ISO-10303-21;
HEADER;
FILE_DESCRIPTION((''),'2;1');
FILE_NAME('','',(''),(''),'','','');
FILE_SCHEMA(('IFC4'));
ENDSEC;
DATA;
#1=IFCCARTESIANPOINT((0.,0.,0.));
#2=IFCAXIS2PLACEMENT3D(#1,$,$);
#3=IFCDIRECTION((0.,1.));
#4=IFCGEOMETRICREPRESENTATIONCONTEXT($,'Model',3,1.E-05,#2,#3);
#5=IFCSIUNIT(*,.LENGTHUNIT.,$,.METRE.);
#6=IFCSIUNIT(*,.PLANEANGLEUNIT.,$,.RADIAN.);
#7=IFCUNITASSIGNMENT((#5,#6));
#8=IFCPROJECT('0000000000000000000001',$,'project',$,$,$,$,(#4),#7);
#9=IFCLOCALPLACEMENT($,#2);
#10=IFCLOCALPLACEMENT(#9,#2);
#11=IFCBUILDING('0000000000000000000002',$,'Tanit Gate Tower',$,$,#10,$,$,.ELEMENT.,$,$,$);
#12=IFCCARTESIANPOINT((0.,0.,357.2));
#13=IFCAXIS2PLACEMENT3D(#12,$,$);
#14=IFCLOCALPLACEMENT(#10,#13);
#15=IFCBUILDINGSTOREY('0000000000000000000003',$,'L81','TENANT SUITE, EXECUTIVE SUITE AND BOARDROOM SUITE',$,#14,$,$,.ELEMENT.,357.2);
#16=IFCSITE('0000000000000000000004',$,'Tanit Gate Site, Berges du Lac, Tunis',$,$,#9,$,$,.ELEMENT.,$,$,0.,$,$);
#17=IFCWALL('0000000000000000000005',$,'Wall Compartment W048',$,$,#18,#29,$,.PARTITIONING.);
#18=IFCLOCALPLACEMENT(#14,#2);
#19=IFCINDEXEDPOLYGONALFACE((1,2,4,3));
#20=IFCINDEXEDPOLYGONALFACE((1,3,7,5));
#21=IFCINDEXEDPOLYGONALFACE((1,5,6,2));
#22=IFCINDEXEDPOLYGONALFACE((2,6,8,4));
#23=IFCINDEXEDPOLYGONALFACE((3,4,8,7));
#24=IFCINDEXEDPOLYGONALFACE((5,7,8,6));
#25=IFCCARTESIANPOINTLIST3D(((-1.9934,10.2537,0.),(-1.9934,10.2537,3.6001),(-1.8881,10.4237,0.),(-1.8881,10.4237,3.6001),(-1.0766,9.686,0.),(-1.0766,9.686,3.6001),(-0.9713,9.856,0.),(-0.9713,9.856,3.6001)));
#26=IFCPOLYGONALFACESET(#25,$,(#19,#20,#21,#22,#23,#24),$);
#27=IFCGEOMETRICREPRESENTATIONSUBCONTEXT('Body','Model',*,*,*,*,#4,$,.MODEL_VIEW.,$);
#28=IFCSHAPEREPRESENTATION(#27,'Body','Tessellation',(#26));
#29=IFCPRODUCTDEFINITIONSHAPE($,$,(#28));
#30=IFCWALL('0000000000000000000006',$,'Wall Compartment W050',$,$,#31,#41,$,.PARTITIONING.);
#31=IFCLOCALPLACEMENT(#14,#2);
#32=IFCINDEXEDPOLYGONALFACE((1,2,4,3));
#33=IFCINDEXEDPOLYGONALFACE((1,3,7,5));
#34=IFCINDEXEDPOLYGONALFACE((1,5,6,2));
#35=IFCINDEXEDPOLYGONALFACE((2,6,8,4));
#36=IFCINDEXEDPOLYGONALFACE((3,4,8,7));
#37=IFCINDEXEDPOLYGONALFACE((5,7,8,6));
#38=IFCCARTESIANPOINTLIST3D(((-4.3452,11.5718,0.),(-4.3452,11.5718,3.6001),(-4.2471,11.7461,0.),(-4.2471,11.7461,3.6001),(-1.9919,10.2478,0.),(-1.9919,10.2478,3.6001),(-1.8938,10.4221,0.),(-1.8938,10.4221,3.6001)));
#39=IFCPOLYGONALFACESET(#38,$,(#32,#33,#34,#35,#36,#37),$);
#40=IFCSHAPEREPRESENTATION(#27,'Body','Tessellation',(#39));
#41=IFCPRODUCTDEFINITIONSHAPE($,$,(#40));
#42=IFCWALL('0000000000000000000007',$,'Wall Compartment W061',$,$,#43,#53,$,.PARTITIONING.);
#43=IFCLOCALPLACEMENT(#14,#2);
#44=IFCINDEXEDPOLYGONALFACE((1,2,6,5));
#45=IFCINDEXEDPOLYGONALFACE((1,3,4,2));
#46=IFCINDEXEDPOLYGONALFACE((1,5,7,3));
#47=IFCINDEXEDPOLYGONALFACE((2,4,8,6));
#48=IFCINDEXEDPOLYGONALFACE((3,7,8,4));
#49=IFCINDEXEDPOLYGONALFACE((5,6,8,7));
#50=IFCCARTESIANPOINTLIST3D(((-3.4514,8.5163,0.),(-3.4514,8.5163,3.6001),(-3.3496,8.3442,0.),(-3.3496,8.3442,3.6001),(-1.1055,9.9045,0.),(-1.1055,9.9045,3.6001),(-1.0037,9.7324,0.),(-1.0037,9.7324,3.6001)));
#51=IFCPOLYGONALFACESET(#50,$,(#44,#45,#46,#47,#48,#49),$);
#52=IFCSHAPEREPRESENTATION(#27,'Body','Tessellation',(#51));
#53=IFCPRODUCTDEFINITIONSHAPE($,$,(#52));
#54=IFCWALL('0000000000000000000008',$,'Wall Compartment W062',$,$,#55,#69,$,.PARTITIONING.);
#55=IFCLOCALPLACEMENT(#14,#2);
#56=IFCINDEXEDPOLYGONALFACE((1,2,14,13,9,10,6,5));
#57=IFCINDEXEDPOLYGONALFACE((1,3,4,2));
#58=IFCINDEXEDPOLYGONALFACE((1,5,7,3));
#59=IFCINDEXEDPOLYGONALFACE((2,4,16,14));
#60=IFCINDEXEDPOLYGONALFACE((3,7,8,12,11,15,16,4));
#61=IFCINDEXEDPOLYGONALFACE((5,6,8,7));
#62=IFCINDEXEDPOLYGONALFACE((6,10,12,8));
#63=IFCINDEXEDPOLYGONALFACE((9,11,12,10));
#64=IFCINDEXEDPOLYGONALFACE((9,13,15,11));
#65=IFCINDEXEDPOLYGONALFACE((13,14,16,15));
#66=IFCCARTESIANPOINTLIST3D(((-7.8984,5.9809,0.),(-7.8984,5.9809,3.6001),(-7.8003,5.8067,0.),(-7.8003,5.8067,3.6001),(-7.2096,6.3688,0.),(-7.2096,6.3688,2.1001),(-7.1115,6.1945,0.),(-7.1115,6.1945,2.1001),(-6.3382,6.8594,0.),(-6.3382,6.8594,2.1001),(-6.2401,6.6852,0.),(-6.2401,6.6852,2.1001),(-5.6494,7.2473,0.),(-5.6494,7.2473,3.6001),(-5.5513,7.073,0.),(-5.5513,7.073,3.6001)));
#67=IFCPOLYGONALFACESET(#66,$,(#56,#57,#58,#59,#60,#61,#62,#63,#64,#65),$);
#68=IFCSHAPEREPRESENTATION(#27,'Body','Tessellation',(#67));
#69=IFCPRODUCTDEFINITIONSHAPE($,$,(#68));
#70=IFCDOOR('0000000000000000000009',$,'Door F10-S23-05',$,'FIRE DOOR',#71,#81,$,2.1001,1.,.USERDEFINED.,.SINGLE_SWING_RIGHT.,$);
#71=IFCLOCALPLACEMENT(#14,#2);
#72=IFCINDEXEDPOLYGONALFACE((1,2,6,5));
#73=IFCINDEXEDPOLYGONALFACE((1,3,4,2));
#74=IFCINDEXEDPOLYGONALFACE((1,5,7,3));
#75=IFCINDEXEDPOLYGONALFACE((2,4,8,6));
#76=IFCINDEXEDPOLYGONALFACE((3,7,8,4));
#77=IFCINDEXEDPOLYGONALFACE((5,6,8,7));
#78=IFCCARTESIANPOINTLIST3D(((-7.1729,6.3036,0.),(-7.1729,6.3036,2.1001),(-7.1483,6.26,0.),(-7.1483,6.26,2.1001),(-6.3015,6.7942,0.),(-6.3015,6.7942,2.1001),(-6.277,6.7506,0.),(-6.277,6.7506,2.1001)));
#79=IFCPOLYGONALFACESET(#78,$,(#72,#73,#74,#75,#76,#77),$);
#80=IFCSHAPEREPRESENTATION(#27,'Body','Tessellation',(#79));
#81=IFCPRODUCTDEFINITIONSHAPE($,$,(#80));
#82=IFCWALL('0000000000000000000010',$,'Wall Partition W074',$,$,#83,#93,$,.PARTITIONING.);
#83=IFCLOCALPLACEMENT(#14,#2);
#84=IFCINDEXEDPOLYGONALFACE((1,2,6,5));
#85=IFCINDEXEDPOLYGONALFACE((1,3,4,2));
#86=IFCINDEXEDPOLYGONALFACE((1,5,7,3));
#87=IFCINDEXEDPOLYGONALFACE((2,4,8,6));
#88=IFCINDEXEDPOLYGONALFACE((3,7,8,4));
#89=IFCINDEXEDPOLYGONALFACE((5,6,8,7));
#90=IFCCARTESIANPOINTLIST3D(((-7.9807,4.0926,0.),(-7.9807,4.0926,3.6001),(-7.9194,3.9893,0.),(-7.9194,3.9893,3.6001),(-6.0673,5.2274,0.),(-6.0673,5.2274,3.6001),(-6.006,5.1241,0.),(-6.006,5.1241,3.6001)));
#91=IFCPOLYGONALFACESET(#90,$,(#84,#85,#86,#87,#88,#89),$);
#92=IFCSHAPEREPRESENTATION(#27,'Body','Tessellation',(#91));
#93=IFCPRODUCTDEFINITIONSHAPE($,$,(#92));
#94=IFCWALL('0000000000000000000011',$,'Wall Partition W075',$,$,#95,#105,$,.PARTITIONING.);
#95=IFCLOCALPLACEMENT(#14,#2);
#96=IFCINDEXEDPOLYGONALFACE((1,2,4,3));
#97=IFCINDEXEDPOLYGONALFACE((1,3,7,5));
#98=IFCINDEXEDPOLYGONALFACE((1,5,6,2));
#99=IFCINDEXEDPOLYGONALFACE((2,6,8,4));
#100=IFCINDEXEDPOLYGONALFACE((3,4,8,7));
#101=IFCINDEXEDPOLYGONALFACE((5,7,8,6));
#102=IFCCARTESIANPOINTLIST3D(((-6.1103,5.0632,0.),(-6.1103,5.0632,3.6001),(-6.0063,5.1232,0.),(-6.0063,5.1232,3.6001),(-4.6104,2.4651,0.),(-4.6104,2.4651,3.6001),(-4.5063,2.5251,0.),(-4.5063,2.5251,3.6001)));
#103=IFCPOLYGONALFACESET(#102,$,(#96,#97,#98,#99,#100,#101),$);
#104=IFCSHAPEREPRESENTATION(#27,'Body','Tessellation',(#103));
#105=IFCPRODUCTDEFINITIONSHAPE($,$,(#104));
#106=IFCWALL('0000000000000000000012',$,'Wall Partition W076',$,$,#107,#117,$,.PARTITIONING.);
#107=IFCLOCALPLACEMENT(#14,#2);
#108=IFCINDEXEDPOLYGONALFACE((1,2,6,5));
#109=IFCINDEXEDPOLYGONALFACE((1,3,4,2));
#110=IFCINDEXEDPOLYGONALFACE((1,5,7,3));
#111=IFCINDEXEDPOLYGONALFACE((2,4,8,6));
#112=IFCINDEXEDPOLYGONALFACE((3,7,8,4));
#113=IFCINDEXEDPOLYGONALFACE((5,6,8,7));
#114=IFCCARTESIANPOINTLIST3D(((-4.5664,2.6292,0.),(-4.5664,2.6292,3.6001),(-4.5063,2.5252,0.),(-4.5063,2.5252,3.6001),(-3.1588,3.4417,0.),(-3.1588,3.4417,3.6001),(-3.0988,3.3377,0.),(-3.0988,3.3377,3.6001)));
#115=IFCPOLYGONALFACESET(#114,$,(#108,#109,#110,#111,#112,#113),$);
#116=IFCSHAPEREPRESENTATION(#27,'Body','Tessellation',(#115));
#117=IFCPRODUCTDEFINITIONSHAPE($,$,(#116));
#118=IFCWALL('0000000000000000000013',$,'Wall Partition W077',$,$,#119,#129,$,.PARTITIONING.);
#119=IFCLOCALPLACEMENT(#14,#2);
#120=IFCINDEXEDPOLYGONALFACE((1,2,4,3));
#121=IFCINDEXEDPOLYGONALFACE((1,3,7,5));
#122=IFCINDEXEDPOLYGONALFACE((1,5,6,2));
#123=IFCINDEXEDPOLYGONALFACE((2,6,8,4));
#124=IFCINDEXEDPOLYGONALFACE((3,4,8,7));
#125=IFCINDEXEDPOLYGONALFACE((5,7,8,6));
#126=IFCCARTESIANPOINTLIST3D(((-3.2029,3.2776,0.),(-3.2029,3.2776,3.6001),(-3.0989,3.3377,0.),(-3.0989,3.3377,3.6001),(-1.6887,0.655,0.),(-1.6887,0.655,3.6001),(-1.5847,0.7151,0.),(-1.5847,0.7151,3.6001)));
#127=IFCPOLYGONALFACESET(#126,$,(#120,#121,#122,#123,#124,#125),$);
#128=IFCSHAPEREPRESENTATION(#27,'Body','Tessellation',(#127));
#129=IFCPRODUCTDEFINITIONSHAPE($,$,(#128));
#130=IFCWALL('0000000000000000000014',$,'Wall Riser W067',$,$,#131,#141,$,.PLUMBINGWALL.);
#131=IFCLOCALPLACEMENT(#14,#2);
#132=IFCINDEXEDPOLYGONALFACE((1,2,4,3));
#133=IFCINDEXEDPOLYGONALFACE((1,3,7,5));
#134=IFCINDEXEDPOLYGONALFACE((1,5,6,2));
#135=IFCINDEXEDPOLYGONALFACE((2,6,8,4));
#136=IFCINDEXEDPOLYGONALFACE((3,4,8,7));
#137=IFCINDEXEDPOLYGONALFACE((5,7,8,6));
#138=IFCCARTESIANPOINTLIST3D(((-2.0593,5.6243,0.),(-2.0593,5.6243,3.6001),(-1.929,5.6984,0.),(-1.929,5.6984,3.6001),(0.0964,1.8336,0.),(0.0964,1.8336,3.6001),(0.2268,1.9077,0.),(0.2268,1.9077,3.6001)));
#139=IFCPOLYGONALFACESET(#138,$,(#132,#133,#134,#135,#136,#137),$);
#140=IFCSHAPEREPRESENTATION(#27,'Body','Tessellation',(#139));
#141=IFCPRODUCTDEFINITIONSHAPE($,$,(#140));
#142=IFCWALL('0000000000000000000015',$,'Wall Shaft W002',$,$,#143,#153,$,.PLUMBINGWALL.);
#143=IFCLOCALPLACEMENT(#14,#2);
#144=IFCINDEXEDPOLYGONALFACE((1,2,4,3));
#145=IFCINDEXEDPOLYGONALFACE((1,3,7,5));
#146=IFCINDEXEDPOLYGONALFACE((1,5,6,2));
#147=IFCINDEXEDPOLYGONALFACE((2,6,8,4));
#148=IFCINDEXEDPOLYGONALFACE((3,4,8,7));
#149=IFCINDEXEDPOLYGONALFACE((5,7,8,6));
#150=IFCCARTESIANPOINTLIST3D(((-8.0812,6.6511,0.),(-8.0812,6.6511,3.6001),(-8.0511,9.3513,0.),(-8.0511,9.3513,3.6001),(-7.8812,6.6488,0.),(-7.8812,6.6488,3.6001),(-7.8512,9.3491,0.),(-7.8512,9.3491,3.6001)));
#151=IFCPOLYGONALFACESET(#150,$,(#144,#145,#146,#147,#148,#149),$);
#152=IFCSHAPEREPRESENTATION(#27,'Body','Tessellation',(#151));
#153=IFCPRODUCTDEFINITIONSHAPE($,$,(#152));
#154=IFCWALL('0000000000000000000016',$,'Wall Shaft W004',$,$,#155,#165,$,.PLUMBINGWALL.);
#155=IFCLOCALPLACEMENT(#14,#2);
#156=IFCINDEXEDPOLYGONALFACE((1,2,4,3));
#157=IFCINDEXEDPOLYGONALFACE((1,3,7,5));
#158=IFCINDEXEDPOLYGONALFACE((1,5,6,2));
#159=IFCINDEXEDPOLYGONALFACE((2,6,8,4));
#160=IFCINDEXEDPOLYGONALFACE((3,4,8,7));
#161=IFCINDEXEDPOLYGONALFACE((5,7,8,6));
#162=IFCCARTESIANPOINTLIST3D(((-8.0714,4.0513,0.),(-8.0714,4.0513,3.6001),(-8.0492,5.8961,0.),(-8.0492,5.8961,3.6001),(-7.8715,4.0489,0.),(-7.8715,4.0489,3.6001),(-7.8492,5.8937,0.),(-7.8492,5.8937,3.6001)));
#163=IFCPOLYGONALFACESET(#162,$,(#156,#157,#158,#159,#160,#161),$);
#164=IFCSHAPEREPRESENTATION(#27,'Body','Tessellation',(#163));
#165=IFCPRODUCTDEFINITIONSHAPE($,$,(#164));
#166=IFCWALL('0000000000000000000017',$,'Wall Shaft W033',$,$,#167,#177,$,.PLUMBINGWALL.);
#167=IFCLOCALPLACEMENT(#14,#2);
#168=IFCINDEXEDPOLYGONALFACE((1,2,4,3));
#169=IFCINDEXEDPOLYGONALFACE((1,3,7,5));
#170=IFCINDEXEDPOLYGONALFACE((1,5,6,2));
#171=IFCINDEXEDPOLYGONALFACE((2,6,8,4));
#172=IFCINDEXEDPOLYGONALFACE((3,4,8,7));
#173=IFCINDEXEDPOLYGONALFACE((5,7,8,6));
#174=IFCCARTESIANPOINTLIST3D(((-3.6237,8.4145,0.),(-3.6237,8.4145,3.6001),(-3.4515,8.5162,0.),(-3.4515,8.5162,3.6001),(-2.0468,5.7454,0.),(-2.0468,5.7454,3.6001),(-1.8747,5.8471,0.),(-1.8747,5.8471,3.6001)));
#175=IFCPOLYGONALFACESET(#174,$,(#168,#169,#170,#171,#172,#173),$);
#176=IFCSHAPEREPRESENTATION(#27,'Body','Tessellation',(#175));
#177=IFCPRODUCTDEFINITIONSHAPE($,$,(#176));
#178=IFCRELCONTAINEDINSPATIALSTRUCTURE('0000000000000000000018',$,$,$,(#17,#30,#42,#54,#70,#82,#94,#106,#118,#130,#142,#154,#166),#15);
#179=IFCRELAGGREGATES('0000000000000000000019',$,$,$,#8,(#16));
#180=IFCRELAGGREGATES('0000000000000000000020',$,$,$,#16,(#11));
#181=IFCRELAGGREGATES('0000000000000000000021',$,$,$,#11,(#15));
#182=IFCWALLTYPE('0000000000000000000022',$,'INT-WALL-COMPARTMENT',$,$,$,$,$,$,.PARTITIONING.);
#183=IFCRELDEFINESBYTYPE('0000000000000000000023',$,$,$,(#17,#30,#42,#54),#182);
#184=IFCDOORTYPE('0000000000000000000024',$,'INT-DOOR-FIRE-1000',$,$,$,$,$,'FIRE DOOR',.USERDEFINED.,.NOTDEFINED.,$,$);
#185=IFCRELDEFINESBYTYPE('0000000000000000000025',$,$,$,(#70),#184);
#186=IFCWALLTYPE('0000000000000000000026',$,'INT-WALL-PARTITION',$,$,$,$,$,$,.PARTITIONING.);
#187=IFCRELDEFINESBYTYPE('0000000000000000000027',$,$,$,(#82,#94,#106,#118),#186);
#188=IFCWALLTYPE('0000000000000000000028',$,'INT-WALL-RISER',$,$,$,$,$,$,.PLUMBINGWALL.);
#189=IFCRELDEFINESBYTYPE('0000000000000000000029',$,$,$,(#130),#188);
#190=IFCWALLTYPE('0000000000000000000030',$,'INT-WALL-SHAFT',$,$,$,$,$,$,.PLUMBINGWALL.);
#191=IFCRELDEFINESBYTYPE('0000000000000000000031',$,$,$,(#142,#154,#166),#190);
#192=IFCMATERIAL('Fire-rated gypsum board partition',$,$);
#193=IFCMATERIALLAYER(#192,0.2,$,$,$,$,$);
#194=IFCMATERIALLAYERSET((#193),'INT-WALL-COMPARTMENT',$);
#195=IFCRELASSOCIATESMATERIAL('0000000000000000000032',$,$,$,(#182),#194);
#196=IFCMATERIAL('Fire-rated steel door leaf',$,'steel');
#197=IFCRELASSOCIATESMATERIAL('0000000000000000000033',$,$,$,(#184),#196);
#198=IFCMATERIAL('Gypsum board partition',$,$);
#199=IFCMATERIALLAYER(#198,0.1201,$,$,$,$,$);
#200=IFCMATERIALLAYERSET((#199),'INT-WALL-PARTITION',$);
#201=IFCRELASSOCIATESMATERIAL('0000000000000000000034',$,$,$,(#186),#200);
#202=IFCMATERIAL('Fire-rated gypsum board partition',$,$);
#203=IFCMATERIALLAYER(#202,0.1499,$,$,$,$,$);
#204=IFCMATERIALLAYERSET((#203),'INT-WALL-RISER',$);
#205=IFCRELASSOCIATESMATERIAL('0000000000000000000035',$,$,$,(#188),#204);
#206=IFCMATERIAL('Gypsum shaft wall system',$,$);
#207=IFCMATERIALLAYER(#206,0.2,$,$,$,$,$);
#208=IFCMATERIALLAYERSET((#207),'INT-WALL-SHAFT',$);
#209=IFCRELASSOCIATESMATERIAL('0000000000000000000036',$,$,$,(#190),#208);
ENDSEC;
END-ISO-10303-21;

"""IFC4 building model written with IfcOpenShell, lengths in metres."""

from ifc_helpers import new_model, si_unit, direction, frame, frame_2d, origin, place, context, subcontext, project, spatial, rectangle, extrude, material, layer, layer_set, type_object, element, fill, save


model = new_model("IFC4")

# Units and contexts
model_context = context("Model", 3, precision=1e-05, world=origin(), true_north=direction((0.0, 1.0)))
body_context = subcontext(model_context, "Body", "Model", "MODEL_VIEW")
ifc_project = project(units=[si_unit("LENGTHUNIT", "METRE"), si_unit("PLANEANGLEUNIT", "RADIAN")], contexts=[model_context])

# Site, building, storey
site_placement = place(None, origin())
site = spatial("IfcSite", under=ifc_project, at=site_placement, Name="Tanit Gate Site, Berges du Lac, Tunis", CompositionType="ELEMENT", RefElevation=0.0)
building_placement = place(site_placement, origin())
building = spatial("IfcBuilding", under=site, at=building_placement, Name="Tanit Gate Tower", CompositionType="ELEMENT")
storey_placement = place(building_placement, frame((0.0, 0.0, 357.2)))
storey = spatial("IfcBuildingStorey", under=building, at=storey_placement, Name="L81", Description="TENANT SUITE, EXECUTIVE SUITE AND BOARDROOM SUITE", CompositionType="ELEMENT", Elevation=357.2)

# Walls
ifc_material_1 = material(Name="Fire-rated gypsum board partition")
ifc_layer_1 = layer(ifc_material_1, 0.2)
ifc_layer_set_1 = layer_set([ifc_layer_1], Name="INT-WALL-COMPARTMENT")
wall_type_1 = type_object("IfcWallType", Name="INT-WALL-COMPARTMENT", PredefinedType="PARTITIONING", material=ifc_layer_set_1)
wall_1_placement = place(storey_placement, frame((-1.9407, 10.3386, 0.0), z_axis=(0.0, 0.0, 1.0), x_axis=(0.850217, -0.526433, 0.0)))
element("IfcWall", 1, at=wall_1_placement, inside=storey, type_object=wall_type_1, Name="Wall Compartment W048", PredefinedType="PARTITIONING", context=body_context, shape_type="SweptSolid", body=[
    extrude(rectangle(XDim=1.0784, YDim=0.2, at=frame_2d((0.5391, 0.0))), origin(), (0.0, 0.0, 1.0), 3.6001),
])
wall_2_placement = place(storey_placement, frame((-4.2961, 11.6589, 0.0), z_axis=(0.0, 0.0, 1.0), x_axis=(0.871534, -0.490334, 0.0)))
element("IfcWall", 2, at=wall_2_placement, inside=storey, type_object=wall_type_1, Name="Wall Compartment W050", PredefinedType="PARTITIONING", context=body_context, shape_type="SweptSolid", body=[
    extrude(rectangle(XDim=2.7002, YDim=0.2, at=frame_2d((1.3501, 0.0))), origin(), (0.0, 0.0, 1.0), 3.6001),
])
wall_3_placement = place(storey_placement, frame((-1.0547, 9.8184, 0.0), z_axis=(0.0, 0.0, 1.0), x_axis=(-0.860614, -0.509257, 0.0)))
element("IfcWall", 3, at=wall_3_placement, inside=storey, type_object=wall_type_1, Name="Wall Compartment W061", PredefinedType="PARTITIONING", context=body_context, shape_type="SweptSolid", body=[
    extrude(rectangle(XDim=2.7258, YDim=0.2, at=frame_2d((1.3628, 0.0))), origin(), (0.0, 0.0, 1.0), 3.6001),
])

# Wall, opening, door
wall_4_placement = place(storey_placement, frame((-5.6003, 7.1602, 0.0), z_axis=(0.0, 0.0, 1.0), x_axis=(-0.871363, -0.490638, 0.0)))
wall_4 = element("IfcWall", 4, at=wall_4_placement, inside=storey, type_object=wall_type_1, Name="Wall Compartment W062", PredefinedType="PARTITIONING", context=body_context, shape_type="SweptSolid", body=[
    extrude(rectangle(XDim=2.5811, YDim=0.2, at=frame_2d((1.2905, 0.0))), origin(), (0.0, 0.0, 1.0), 3.6001),
])
opening_1_placement = place(wall_4_placement, frame((0.7905, 0.0, 0.0)))
opening_1 = element("IfcOpeningElement", 5, at=opening_1_placement, cuts=wall_4, PredefinedType="OPENING", context=body_context, shape_type="SweptSolid", body=[
    extrude(rectangle(XDim=1.0, YDim=2.1001, at=frame_2d((0.5, 1.05))), frame((0.0, 0.1099, 0.0), z_axis=(0.0, -1.0, 0.0), x_axis=(1.0, 0.0, 0.0)), (0.0, 0.0, 1.0), 0.22),
])
ifc_material_2 = material(Name="Fire-rated steel door leaf", Category="steel")
door_type_1 = type_object("IfcDoorType", Name="INT-DOOR-FIRE-1000", ElementType="FIRE DOOR", OperationType="NOTDEFINED", PredefinedType="USERDEFINED", material=ifc_material_2)
door_1_placement = place(opening_1_placement, origin())
door_1 = element("IfcDoor", 6, at=door_1_placement, inside=storey, type_object=door_type_1, Name="Door F10-S23-05", ObjectType="FIRE DOOR", OperationType="SINGLE_SWING_RIGHT", OverallHeight=2.1001, OverallWidth=1.0, PredefinedType="USERDEFINED", context=body_context, shape_type="SweptSolid", body=[
    extrude(rectangle(XDim=1.0, YDim=2.1001, at=frame_2d((0.5, 1.05))), frame((0.0, 0.0249, 0.0), z_axis=(0.0, -1.0, 0.0), x_axis=(1.0, 0.0, 0.0)), (0.0, 0.0, 1.0), 0.05),
])
fill(opening_1, door_1)

# Walls
ifc_material_3 = material(Name="Gypsum board partition")
ifc_layer_2 = layer(ifc_material_3, 0.1201)
ifc_layer_set_2 = layer_set([ifc_layer_2], Name="INT-WALL-PARTITION")
wall_type_2 = type_object("IfcWallType", Name="INT-WALL-PARTITION", PredefinedType="PARTITIONING", material=ifc_layer_set_2)
wall_5_placement = place(storey_placement, frame((-6.0366, 5.1758, 0.0), z_axis=(0.0, 0.0, 1.0), x_axis=(-0.860106, -0.510115, 0.0)))
element("IfcWall", 7, at=wall_5_placement, inside=storey, type_object=wall_type_2, Name="Wall Partition W074", PredefinedType="PARTITIONING", context=body_context, shape_type="SweptSolid", body=[
    extrude(rectangle(XDim=2.2246, YDim=0.1201, at=frame_2d((1.1123, 0.0))), origin(), (0.0, 0.0, 1.0), 3.6001),
])
wall_6_placement = place(storey_placement, frame((-4.5583, 2.4951, 0.0), z_axis=(0.0, 0.0, 1.0), x_axis=(-0.49999, 0.866031, 0.0)))
element("IfcWall", 8, at=wall_6_placement, inside=storey, type_object=wall_type_2, Name="Wall Partition W075", PredefinedType="PARTITIONING", context=body_context, shape_type="SweptSolid", body=[
    extrude(rectangle(XDim=3.0, YDim=0.1201, at=frame_2d((1.5, 0.0))), origin(), (0.0, 0.0, 1.0), 3.6001),
])
wall_7_placement = place(storey_placement, frame((-3.1289, 3.3896, 0.0), z_axis=(0.0, 0.0, 1.0), x_axis=(-0.866053, -0.499952, 0.0)))
element("IfcWall", 9, at=wall_7_placement, inside=storey, type_object=wall_type_2, Name="Wall Partition W076", PredefinedType="PARTITIONING", context=body_context, shape_type="SweptSolid", body=[
    extrude(rectangle(XDim=1.6252, YDim=0.1201, at=frame_2d((0.8125, 0.0))), origin(), (0.0, 0.0, 1.0), 3.6001),
])
wall_8_placement = place(storey_placement, frame((-1.6367, 0.6851, 0.0), z_axis=(0.0, 0.0, 1.0), x_axis=(-0.500006, 0.866022, 0.0)))
element("IfcWall", 10, at=wall_8_placement, inside=storey, type_object=wall_type_2, Name="Wall Partition W077", PredefinedType="PARTITIONING", context=body_context, shape_type="SweptSolid", body=[
    extrude(rectangle(XDim=3.0283, YDim=0.1201, at=frame_2d((1.5142, 0.0))), origin(), (0.0, 0.0, 1.0), 3.6001),
])
ifc_material_4 = material(Name="Fire-rated gypsum board partition")
ifc_layer_3 = layer(ifc_material_4, 0.1499)
ifc_layer_set_3 = layer_set([ifc_layer_3], Name="INT-WALL-RISER")
wall_type_3 = type_object("IfcWallType", Name="INT-WALL-RISER", PredefinedType="PLUMBINGWALL", material=ifc_layer_set_3)
wall_9_placement = place(storey_placement, frame((-1.9941, 5.6614, 0.0), z_axis=(0.0, 0.0, 1.0), x_axis=(0.494341, -0.869268, 0.0)))
element("IfcWall", 11, at=wall_9_placement, inside=storey, type_object=wall_type_3, Name="Wall Riser W067", PredefinedType="PLUMBINGWALL", context=body_context, shape_type="SweptSolid", body=[
    extrude(rectangle(XDim=4.3608, YDim=0.1499, at=frame_2d((2.1804, 0.0))), origin(), (0.0, 0.0, 1.0), 3.6001),
])
ifc_material_5 = material(Name="Gypsum shaft wall system")
ifc_layer_4 = layer(ifc_material_5, 0.2)
ifc_layer_set_4 = layer_set([ifc_layer_4], Name="INT-WALL-SHAFT")
wall_type_4 = type_object("IfcWallType", Name="INT-WALL-SHAFT", PredefinedType="PLUMBINGWALL", material=ifc_layer_set_4)
wall_10_placement = place(storey_placement, frame((-7.9512, 9.3501, 0.0), z_axis=(0.0, 0.0, 1.0), x_axis=(-0.01112, -0.999938, 0.0)))
element("IfcWall", 12, at=wall_10_placement, inside=storey, type_object=wall_type_4, Name="Wall Shaft W002", PredefinedType="PLUMBINGWALL", context=body_context, shape_type="SweptSolid", body=[
    extrude(rectangle(XDim=2.7004, YDim=0.2, at=frame_2d((1.3501, 0.0))), origin(), (0.0, 0.0, 1.0), 3.6001),
])
wall_11_placement = place(storey_placement, frame((-7.9492, 5.8948, 0.0), z_axis=(0.0, 0.0, 1.0), x_axis=(-0.012043, -0.999927, 0.0)))
element("IfcWall", 13, at=wall_11_placement, inside=storey, type_object=wall_type_4, Name="Wall Shaft W004", PredefinedType="PLUMBINGWALL", context=body_context, shape_type="SweptSolid", body=[
    extrude(rectangle(XDim=1.845, YDim=0.2, at=frame_2d((0.9224, 0.0))), origin(), (0.0, 0.0, 1.0), 3.6001),
])

# Wall
wall_12_placement = place(storey_placement, frame((-3.5376, 8.4653, 0.0), z_axis=(0.0, 0.0, 1.0), x_axis=(0.508647, -0.860975, 0.0)))
element("IfcWall", 14, at=wall_12_placement, inside=storey, type_object=wall_type_4, Name="Wall Shaft W033", PredefinedType="PLUMBINGWALL", context=body_context, shape_type="SweptSolid", body=[
    extrude(rectangle(XDim=3.1001, YDim=0.2, at=frame_2d((1.55, 0.0))), origin(), (0.0, 0.0, 1.0), 3.6001),
])

save(model, "model.ifc")
